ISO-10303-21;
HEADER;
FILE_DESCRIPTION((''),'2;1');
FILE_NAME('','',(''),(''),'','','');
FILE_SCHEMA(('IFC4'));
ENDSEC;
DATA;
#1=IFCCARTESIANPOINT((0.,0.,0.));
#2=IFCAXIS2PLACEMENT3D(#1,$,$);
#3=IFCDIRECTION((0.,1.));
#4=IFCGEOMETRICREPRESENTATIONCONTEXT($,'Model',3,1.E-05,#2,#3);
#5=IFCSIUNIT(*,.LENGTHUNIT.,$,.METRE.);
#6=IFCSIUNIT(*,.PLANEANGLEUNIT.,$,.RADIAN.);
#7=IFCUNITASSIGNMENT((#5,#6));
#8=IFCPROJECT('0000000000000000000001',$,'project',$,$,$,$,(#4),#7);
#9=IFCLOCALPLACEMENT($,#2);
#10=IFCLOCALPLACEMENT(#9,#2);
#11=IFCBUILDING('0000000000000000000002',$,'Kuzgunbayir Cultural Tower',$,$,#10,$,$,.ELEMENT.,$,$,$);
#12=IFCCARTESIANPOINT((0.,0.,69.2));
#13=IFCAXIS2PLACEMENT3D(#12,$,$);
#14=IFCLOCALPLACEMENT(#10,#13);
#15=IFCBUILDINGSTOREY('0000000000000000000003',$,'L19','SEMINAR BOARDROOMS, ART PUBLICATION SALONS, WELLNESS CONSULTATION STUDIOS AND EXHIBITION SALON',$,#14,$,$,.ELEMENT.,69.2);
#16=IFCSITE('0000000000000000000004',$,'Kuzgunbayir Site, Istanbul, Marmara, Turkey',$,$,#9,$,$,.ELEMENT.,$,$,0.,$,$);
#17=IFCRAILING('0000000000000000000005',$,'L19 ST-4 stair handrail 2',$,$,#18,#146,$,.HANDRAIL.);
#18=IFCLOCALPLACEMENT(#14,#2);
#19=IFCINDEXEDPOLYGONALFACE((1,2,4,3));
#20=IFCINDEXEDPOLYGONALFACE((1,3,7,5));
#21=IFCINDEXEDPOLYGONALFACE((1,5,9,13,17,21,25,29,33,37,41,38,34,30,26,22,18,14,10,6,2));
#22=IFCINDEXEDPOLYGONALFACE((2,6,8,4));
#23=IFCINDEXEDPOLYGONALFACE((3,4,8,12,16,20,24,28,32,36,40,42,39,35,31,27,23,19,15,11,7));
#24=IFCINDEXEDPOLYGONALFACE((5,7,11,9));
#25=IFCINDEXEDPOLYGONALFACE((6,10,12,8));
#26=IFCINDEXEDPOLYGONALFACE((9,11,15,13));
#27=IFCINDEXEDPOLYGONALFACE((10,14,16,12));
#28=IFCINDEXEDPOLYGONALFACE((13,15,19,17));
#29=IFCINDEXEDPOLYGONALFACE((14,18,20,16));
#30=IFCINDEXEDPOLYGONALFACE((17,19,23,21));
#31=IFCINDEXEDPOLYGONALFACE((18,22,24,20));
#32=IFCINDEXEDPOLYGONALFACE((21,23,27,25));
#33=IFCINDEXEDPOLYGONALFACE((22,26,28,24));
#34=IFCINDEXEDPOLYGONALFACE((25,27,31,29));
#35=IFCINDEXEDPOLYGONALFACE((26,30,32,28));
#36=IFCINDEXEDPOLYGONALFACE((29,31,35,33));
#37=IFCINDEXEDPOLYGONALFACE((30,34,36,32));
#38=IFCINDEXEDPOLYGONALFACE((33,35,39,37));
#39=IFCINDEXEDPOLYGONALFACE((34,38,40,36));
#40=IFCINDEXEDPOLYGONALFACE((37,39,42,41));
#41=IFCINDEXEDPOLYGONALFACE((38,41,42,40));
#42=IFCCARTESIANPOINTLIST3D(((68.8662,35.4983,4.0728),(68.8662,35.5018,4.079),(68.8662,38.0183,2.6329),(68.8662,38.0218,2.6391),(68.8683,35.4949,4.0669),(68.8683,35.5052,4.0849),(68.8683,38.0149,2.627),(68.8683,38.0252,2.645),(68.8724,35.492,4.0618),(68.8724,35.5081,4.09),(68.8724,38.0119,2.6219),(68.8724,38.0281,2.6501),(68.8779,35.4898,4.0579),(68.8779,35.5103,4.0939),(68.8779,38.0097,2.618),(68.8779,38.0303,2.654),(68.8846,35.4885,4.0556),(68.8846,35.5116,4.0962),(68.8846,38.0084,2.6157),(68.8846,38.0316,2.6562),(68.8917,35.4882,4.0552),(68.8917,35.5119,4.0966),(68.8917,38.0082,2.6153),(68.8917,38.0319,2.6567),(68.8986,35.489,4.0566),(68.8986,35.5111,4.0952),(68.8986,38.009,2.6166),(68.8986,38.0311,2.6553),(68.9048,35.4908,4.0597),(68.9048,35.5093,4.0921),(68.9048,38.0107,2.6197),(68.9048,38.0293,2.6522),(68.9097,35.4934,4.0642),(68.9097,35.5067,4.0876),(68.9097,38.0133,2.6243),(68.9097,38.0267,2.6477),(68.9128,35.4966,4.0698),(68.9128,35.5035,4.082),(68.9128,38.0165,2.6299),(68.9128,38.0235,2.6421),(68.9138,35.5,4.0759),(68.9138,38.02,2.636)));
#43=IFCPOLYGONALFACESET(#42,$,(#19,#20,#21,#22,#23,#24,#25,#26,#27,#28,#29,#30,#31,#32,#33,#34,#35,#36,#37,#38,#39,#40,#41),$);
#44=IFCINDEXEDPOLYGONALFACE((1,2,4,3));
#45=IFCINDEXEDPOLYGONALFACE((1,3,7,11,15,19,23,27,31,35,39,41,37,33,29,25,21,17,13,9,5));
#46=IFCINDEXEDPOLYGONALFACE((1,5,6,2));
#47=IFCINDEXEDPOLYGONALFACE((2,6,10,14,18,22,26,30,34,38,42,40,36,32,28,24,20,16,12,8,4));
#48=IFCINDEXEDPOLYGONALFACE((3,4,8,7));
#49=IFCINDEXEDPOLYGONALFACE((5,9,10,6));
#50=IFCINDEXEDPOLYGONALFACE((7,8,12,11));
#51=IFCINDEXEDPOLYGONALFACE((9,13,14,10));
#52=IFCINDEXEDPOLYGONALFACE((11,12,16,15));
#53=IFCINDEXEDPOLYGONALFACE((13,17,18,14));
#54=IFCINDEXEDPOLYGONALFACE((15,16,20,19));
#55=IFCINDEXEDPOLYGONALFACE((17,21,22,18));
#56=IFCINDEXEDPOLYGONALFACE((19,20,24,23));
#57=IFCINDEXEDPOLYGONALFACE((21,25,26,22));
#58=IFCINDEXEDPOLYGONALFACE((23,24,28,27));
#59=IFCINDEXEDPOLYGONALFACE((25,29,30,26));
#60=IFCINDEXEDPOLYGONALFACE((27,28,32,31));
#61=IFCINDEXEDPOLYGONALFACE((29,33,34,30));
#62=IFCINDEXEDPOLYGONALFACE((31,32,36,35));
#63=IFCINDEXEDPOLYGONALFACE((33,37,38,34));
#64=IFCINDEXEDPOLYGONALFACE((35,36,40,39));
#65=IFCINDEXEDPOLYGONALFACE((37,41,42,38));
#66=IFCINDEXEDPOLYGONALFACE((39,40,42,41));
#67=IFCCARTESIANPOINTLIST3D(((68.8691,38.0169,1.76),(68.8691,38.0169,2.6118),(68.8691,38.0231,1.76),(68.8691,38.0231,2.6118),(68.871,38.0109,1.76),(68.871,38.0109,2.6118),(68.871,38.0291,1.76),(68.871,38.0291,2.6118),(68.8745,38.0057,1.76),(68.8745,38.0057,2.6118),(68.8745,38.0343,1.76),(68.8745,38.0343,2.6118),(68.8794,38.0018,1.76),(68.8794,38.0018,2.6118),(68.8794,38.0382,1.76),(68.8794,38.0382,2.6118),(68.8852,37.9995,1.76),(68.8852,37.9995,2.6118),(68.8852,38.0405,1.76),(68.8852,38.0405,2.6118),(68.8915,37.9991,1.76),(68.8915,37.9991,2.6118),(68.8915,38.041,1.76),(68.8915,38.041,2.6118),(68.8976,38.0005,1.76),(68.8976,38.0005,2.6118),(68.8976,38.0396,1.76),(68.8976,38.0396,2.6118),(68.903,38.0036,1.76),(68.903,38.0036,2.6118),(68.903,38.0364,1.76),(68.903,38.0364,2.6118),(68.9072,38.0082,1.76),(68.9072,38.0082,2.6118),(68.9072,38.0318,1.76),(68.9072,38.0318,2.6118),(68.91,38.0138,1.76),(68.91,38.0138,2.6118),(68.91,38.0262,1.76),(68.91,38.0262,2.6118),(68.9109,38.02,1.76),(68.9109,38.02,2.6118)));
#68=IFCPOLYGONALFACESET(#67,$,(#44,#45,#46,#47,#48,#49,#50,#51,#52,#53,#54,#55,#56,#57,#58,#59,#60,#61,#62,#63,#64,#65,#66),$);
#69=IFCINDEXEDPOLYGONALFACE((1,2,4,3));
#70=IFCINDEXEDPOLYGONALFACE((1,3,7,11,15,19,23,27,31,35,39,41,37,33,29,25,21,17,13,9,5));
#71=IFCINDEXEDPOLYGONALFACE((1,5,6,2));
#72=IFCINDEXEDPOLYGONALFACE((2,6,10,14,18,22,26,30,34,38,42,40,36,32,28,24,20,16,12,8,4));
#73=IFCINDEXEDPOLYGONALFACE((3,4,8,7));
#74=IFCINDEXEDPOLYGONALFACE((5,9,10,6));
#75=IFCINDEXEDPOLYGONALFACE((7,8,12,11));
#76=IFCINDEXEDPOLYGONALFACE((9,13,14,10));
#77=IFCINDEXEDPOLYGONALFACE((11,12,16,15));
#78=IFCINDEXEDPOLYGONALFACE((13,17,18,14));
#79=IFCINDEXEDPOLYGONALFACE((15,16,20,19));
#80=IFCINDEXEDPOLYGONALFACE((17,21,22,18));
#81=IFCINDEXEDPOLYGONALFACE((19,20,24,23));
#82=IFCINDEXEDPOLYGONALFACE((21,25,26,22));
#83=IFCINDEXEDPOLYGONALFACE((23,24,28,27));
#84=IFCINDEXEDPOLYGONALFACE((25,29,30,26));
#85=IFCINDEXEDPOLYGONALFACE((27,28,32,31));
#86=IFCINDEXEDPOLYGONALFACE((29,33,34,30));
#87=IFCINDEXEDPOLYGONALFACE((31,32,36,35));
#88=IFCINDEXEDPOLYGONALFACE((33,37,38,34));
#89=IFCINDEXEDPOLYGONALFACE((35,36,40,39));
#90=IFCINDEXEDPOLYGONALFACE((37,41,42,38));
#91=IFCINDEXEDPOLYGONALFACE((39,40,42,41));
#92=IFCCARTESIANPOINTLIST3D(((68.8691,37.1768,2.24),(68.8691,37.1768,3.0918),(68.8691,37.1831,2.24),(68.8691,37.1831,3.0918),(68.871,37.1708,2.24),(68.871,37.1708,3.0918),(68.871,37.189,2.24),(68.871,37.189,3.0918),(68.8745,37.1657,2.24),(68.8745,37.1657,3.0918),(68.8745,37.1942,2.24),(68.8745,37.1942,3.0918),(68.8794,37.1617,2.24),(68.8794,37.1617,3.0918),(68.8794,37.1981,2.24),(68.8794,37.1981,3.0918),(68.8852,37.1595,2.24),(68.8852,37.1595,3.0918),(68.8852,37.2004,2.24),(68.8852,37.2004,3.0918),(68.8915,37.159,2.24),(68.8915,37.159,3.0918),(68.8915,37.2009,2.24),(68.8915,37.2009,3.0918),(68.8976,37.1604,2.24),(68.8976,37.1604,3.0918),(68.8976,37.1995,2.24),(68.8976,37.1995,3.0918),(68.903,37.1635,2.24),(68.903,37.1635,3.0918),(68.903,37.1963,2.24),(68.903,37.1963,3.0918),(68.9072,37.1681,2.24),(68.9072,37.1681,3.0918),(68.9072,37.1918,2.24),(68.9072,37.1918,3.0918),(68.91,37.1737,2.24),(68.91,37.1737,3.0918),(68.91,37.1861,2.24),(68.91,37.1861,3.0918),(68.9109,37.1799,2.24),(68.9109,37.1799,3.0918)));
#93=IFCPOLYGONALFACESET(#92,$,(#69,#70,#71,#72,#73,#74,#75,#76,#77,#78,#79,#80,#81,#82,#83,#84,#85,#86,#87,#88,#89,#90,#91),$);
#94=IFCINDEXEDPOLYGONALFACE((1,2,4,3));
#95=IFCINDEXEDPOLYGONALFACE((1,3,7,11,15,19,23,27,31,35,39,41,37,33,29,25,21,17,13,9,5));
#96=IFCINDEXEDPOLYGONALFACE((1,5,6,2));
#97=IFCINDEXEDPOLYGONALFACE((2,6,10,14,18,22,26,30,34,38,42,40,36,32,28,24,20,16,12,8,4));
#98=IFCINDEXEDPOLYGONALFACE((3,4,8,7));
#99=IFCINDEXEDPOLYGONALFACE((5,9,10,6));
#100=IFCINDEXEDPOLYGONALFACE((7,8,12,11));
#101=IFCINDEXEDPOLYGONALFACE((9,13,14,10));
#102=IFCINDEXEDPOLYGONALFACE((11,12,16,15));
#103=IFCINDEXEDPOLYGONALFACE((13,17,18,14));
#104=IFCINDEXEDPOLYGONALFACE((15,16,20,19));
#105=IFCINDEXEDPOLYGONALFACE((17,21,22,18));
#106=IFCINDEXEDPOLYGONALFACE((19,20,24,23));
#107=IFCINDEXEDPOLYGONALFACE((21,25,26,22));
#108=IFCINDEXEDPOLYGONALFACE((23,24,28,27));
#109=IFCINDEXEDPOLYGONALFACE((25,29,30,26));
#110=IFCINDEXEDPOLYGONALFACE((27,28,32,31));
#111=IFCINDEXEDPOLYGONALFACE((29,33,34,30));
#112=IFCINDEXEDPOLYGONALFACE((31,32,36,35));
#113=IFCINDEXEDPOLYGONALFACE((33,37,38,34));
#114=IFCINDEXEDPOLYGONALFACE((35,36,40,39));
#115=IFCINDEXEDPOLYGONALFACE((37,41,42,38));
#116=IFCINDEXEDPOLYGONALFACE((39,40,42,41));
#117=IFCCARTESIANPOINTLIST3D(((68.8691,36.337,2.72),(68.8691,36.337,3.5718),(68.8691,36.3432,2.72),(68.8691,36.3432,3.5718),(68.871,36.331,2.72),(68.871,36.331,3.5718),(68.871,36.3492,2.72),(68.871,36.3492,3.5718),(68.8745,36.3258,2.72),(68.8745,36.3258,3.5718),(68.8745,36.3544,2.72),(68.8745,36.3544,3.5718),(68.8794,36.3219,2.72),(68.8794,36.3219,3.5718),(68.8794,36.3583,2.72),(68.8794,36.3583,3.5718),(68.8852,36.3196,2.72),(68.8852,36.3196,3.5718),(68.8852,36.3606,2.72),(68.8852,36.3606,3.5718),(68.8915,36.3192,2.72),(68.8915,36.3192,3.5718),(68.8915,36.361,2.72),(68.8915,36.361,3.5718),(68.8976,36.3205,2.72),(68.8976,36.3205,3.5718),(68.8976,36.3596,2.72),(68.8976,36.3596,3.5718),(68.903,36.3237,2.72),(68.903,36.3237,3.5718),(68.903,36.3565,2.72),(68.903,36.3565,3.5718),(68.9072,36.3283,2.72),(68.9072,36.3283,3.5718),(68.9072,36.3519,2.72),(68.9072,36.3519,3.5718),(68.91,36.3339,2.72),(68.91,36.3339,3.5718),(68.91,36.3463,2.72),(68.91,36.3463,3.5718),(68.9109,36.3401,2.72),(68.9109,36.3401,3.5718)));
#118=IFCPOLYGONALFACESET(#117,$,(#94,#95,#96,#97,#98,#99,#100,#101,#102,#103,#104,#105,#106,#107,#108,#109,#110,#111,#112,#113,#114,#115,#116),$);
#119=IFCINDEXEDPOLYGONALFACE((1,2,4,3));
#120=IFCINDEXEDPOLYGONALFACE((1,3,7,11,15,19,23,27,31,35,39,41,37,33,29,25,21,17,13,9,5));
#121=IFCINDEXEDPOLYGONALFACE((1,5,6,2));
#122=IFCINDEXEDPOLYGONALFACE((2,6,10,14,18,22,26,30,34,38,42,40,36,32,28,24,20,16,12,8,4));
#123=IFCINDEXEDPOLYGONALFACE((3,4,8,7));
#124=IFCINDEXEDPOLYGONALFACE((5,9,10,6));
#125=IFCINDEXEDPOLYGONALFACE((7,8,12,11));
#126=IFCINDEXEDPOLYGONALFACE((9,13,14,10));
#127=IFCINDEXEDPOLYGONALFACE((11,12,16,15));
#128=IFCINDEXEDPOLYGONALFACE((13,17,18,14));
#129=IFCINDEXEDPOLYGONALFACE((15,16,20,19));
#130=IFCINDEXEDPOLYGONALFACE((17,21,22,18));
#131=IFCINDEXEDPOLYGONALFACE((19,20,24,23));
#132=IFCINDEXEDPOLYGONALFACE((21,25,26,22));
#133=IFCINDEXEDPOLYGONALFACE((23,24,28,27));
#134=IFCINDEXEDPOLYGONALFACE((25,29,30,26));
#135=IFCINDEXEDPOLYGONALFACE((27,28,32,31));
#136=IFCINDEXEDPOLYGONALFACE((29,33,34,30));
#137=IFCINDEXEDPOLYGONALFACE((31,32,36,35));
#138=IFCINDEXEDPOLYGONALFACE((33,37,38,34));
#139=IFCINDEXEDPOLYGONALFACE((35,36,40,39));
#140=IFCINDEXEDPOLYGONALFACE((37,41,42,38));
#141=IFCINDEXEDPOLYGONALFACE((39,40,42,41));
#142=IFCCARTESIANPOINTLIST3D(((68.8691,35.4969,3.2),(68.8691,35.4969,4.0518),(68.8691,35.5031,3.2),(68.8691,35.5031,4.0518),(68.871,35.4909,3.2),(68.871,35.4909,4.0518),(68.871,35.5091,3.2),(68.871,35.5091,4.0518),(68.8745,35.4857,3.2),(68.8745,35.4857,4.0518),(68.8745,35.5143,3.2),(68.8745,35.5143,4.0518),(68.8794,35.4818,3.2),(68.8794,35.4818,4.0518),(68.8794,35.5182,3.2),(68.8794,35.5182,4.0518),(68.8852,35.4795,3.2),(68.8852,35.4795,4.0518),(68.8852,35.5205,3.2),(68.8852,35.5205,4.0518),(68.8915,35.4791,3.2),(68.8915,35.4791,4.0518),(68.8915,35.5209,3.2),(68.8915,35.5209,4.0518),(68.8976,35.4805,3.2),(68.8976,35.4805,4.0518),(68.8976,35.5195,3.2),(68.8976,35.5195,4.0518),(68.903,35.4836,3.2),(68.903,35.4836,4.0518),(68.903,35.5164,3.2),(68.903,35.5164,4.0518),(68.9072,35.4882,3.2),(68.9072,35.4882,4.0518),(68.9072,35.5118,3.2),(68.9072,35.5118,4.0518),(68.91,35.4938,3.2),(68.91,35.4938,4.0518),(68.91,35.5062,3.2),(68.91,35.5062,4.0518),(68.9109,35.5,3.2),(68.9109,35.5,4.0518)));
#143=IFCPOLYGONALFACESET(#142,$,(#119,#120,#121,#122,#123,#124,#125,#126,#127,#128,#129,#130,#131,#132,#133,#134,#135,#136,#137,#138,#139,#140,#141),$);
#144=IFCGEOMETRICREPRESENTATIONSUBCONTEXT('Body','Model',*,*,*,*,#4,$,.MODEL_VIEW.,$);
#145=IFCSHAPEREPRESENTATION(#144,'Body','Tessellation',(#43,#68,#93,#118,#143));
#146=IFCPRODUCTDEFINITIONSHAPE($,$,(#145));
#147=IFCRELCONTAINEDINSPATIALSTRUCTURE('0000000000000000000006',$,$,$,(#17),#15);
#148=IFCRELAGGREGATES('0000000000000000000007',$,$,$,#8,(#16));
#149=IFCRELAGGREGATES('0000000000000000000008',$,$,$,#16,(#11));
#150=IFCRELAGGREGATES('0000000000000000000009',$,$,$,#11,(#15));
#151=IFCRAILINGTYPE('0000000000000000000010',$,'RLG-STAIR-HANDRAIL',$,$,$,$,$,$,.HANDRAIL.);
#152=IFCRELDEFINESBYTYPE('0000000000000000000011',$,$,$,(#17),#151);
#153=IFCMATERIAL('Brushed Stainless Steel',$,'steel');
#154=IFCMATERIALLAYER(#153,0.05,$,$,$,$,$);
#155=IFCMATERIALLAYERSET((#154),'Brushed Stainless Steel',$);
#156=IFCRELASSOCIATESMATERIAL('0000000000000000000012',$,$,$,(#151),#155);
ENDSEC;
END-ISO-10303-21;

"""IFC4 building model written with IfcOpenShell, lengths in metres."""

from ifc_helpers import new_model, si_unit, direction, frame, origin, origin_2d, place, context, subcontext, project, spatial, circle, extrude, material, layer, layer_set, type_object, element, save


model = new_model("IFC4")

# Units and contexts
model_context = context("Model", 3, precision=1e-05, world=origin(), true_north=direction((0.0, 1.0)))
body_context = subcontext(model_context, "Body", "Model", "MODEL_VIEW")
ifc_project = project(units=[si_unit("LENGTHUNIT", "METRE"), si_unit("PLANEANGLEUNIT", "RADIAN")], contexts=[model_context])

# Site, building, storey
site_placement = place(None, origin())
site = spatial("IfcSite", under=ifc_project, at=site_placement, Name="Kuzgunbayir Site, Istanbul, Marmara, Turkey", CompositionType="ELEMENT", RefElevation=0.0)
building_placement = place(site_placement, origin())
building = spatial("IfcBuilding", under=site, at=building_placement, Name="Kuzgunbayir Cultural Tower", CompositionType="ELEMENT")
storey_placement = place(building_placement, frame((0.0, 0.0, 69.2)))
storey = spatial("IfcBuildingStorey", under=building, at=storey_placement, Name="L19", Description="SEMINAR BOARDROOMS, ART PUBLICATION SALONS, WELLNESS CONSULTATION STUDIOS AND EXHIBITION SALON", CompositionType="ELEMENT", Elevation=69.2)

# Shared definitions
ifc_material_1 = material(Name="Brushed Stainless Steel", Category="steel")

# Railing
ifc_layer_1 = layer(ifc_material_1, 0.05)
ifc_layer_set_1 = layer_set([ifc_layer_1], Name="Brushed Stainless Steel")
railing_type_1 = type_object("IfcRailingType", Name="RLG-STAIR-HANDRAIL", PredefinedType="HANDRAIL", material=ifc_layer_set_1)
railing_1_placement = place(storey_placement, frame((68.8899, 38.02, 1.76)))
element("IfcRailing", 1, at=railing_1_placement, inside=storey, type_object=railing_type_1, Name="L19 ST-4 stair handrail 2", PredefinedType="HANDRAIL", context=body_context, shape_type="SweptSolid", body=[
    extrude(circle(Radius=0.0239, at=origin_2d()), frame((0.0, 0.0, 0.876), z_axis=(0.0, -0.868253, 0.496121), x_axis=(1.0, 0.0, 0.0)), (0.0, 0.0, 1.0), 2.9023),
    extrude(circle(Radius=0.021, at=origin_2d()), origin(), (0.0, 0.0, 1.0), 0.8518),
    extrude(circle(Radius=0.021, at=origin_2d()), frame((0.0, -0.8401, 0.48)), (0.0, 0.0, 1.0), 0.8518),
    extrude(circle(Radius=0.021, at=origin_2d()), frame((0.0, -1.6799, 0.96)), (0.0, 0.0, 1.0), 0.8518),
    extrude(circle(Radius=0.021, at=origin_2d()), frame((0.0, -2.52, 1.4399)), (0.0, 0.0, 1.0), 0.8518),
])

save(model, "model.ifc")
